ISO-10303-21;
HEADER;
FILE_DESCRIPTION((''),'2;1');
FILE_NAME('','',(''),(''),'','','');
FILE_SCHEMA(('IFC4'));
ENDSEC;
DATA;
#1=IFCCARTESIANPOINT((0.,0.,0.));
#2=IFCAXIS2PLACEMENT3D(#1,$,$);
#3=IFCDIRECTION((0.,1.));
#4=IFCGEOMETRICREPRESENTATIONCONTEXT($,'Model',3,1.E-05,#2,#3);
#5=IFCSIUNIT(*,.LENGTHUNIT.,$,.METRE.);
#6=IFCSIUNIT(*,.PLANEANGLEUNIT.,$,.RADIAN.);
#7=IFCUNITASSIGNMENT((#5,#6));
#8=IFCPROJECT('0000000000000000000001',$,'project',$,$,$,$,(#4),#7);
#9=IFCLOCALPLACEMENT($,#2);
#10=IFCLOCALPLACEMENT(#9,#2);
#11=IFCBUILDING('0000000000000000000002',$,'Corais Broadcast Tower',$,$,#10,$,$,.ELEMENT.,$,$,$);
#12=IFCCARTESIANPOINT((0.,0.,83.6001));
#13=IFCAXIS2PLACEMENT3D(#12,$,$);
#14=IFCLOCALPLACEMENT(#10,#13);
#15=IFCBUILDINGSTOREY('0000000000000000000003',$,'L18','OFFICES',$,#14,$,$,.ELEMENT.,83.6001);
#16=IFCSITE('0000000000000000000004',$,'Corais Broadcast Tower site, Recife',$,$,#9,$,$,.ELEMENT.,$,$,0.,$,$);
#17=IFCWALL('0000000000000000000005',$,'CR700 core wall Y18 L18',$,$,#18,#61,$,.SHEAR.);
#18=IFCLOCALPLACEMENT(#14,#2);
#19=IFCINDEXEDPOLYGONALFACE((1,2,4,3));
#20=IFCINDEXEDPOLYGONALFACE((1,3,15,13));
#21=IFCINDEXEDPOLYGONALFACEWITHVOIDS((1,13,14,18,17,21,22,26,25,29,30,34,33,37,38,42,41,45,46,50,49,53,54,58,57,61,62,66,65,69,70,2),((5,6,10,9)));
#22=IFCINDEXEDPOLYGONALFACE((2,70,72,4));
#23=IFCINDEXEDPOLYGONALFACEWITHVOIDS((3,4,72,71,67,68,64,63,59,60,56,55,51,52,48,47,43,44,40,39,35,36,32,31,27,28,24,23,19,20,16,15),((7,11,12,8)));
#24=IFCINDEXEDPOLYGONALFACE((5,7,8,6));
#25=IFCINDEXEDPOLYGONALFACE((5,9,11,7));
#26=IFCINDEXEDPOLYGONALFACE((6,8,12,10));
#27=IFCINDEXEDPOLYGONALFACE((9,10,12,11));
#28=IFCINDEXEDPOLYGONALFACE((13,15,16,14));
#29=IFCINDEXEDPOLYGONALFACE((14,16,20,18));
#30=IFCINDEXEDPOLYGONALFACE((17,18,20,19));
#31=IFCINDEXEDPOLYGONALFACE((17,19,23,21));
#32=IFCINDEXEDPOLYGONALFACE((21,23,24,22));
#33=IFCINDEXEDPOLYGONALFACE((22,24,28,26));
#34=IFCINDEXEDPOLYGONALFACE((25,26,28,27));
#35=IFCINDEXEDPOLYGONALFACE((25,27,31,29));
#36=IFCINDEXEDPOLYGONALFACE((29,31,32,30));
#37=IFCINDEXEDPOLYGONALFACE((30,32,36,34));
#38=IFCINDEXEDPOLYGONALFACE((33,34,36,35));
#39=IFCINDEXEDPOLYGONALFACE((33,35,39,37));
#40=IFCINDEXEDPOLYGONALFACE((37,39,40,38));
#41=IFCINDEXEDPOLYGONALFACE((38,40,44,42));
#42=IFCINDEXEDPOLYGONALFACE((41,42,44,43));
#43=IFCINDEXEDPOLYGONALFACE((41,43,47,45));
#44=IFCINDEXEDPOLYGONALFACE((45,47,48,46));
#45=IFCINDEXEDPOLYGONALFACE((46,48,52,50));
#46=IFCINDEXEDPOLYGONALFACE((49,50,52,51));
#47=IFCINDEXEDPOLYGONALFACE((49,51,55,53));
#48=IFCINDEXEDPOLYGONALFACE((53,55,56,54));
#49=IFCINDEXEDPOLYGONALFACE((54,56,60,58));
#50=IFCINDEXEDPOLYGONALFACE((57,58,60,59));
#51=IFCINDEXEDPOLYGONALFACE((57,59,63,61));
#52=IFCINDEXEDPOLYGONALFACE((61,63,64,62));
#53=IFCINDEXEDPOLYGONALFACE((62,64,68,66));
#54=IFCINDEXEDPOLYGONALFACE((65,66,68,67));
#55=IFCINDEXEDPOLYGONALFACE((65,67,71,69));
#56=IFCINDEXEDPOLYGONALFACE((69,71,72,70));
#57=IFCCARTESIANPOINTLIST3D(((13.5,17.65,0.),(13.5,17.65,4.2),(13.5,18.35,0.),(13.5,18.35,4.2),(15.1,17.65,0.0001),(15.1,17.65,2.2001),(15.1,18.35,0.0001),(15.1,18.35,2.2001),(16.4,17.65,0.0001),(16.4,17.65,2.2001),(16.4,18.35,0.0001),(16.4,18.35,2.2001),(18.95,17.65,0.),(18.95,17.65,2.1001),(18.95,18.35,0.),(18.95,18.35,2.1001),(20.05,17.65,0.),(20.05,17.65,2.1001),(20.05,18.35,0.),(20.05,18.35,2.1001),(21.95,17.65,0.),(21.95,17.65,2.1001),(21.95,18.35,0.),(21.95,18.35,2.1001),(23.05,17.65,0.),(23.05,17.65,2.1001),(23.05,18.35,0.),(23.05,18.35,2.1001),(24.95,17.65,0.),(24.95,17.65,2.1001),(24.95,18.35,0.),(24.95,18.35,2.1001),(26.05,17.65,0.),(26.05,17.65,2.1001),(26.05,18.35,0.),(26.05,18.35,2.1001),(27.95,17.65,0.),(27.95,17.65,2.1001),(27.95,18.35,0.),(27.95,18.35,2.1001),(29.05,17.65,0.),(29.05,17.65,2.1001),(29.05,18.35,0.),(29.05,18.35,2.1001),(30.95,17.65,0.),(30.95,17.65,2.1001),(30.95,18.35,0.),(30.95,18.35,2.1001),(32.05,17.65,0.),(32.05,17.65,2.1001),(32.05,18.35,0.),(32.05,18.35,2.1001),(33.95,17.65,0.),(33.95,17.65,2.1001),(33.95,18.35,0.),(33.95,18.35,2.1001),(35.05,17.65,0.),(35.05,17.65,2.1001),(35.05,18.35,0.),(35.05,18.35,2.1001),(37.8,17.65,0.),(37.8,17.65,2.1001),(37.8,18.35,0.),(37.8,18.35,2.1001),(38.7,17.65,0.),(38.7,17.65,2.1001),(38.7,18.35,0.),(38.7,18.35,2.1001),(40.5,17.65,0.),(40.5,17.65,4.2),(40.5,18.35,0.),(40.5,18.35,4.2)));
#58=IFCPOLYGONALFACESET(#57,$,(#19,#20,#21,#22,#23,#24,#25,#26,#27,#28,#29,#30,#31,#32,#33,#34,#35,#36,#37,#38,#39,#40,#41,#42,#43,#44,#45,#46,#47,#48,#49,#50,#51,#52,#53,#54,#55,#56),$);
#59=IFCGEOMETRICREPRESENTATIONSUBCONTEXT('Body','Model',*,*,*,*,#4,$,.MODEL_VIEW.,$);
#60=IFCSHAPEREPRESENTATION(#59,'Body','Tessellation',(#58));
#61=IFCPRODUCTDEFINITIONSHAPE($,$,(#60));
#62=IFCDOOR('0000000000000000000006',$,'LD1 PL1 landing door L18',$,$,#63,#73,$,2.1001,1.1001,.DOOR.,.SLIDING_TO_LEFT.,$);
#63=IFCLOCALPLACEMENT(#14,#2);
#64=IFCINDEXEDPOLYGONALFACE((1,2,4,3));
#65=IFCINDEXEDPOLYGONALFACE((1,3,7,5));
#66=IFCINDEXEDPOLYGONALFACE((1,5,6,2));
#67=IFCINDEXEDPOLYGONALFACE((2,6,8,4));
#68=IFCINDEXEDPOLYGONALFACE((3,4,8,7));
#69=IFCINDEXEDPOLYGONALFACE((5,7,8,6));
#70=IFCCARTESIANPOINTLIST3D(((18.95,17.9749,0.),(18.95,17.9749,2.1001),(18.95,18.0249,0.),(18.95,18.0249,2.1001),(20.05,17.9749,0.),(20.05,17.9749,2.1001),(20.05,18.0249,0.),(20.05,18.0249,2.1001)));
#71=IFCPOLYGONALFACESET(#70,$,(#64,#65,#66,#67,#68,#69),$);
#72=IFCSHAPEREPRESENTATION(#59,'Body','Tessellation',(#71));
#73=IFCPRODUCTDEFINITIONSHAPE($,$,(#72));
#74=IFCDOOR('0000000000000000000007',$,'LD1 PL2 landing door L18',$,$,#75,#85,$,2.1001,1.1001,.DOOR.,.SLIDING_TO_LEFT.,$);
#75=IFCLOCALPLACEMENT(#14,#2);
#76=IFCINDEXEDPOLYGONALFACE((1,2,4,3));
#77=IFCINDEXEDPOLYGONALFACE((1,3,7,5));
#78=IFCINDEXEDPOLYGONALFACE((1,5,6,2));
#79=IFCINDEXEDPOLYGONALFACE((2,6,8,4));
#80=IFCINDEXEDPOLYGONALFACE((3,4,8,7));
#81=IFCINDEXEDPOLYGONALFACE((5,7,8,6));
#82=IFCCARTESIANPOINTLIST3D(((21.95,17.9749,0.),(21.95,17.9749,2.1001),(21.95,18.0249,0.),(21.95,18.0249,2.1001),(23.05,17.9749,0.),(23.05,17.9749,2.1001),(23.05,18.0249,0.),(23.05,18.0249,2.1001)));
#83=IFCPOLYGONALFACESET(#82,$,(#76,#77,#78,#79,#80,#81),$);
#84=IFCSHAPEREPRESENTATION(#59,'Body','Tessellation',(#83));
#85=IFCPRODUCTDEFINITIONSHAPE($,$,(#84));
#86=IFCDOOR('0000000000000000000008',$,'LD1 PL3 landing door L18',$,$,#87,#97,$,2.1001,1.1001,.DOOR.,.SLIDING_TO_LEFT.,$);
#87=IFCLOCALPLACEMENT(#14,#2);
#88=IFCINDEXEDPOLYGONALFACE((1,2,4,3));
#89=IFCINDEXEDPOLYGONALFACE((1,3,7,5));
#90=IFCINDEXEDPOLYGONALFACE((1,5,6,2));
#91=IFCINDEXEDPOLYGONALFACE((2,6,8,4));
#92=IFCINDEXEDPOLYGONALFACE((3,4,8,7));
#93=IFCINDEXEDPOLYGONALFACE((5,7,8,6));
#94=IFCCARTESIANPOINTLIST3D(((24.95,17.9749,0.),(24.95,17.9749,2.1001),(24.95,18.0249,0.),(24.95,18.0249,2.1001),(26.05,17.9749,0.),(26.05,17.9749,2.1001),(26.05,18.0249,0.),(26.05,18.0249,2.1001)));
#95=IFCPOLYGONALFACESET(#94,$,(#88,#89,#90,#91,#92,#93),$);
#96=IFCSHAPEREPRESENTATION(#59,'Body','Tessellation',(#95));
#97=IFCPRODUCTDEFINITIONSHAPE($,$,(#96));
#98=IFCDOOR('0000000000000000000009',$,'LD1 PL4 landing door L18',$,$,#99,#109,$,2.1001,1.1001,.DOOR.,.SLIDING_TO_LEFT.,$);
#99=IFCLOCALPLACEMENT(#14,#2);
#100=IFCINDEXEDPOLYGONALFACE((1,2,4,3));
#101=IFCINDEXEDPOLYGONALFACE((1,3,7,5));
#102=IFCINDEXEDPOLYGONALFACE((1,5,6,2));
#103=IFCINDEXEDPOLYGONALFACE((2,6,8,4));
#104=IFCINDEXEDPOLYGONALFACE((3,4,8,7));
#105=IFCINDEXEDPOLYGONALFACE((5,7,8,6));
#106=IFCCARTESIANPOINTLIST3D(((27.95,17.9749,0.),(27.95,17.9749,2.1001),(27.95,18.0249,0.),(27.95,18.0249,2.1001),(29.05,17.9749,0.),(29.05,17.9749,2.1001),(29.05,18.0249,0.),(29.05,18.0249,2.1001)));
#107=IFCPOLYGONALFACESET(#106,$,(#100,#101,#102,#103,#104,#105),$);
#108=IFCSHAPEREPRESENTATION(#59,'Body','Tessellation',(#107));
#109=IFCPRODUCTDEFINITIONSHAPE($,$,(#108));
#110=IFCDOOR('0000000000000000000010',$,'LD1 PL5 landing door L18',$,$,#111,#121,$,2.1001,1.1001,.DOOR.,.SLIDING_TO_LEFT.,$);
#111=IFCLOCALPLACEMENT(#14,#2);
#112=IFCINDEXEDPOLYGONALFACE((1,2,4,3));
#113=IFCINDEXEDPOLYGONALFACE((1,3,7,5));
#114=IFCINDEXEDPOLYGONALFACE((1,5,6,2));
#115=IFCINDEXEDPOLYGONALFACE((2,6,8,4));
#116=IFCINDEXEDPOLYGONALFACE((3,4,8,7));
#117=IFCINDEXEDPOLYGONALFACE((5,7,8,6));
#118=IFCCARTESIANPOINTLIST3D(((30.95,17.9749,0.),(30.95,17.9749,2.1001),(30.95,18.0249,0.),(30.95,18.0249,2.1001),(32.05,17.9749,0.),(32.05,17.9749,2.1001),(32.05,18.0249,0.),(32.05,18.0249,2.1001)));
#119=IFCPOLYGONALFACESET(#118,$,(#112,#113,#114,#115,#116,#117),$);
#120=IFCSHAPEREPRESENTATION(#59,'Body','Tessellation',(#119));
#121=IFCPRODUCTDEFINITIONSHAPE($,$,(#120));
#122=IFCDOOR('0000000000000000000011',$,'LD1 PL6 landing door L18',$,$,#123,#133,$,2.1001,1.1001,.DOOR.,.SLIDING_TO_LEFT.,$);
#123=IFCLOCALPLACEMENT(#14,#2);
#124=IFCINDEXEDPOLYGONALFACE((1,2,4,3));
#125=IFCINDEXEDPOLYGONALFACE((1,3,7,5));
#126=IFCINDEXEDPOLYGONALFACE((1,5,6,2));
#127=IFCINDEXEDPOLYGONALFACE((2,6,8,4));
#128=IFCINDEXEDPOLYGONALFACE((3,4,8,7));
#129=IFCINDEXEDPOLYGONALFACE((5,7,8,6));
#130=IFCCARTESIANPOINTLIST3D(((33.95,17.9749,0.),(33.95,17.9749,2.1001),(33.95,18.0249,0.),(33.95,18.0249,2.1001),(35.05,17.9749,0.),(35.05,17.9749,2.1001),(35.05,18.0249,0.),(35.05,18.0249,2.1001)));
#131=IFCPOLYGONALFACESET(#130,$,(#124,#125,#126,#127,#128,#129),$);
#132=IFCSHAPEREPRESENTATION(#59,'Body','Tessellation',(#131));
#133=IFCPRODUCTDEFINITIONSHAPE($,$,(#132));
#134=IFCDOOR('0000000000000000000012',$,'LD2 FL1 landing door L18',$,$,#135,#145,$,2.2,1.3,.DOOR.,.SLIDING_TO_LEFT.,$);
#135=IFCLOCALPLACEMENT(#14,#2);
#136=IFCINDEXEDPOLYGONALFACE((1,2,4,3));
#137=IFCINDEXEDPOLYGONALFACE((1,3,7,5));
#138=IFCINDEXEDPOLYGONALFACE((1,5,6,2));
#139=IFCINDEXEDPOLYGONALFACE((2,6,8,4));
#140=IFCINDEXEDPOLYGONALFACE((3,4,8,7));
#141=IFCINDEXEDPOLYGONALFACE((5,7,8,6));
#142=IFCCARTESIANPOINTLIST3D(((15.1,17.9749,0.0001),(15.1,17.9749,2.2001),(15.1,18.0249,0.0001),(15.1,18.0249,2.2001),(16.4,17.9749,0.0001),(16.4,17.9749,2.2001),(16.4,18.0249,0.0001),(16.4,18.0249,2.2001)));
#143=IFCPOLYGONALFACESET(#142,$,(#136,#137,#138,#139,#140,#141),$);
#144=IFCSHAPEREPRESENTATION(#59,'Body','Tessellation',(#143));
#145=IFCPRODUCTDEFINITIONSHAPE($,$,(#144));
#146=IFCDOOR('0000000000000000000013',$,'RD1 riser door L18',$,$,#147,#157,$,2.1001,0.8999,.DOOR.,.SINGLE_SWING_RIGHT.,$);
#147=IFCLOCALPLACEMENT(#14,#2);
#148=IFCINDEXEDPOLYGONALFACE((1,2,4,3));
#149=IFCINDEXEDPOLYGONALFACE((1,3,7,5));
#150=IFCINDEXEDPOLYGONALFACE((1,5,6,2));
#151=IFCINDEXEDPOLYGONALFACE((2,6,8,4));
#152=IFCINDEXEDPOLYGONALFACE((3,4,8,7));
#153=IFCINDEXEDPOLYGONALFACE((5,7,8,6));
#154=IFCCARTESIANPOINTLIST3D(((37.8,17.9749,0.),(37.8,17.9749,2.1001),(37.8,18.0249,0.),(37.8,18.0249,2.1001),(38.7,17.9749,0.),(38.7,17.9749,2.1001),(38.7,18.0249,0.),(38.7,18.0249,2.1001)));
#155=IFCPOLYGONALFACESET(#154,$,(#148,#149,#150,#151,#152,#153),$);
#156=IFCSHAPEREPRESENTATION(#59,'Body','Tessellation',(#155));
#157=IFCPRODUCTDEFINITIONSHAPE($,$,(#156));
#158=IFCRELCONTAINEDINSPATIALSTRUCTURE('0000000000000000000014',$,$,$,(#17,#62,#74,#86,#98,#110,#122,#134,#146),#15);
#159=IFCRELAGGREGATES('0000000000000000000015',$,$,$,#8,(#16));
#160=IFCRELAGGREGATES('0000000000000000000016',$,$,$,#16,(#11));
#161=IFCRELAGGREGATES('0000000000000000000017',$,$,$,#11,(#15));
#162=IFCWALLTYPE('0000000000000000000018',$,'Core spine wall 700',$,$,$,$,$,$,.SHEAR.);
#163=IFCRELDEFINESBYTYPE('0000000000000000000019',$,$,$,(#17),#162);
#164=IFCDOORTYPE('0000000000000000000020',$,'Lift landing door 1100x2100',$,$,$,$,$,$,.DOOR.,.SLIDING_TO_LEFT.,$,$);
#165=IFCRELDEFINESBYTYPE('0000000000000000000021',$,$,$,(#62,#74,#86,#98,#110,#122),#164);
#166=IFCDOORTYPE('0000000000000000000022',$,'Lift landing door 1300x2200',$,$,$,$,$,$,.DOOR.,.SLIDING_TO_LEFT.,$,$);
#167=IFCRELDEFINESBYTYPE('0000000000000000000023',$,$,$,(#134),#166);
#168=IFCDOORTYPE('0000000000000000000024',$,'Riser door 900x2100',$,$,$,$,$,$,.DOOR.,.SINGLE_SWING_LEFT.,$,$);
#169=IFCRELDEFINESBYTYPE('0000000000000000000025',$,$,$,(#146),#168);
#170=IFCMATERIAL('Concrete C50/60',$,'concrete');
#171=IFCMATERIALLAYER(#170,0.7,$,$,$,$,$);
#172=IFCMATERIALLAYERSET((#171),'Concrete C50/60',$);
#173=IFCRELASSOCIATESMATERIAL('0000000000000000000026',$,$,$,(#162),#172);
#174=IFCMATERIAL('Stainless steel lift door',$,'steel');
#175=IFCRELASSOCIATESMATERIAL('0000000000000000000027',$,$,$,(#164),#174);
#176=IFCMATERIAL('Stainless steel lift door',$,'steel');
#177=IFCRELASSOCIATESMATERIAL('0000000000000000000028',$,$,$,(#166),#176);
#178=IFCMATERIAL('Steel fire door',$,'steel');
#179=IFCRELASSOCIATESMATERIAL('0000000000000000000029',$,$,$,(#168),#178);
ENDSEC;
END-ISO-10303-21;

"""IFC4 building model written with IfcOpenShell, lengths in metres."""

from ifc_helpers import new_model, si_unit, direction, frame, frame_2d, origin, place, context, subcontext, project, spatial, rectangle, extrude, material, layer, layer_set, type_object, element, fill, save


model = new_model("IFC4")

# Units and contexts
model_context = context("Model", 3, precision=1e-05, world=origin(), true_north=direction((0.0, 1.0)))
body_context = subcontext(model_context, "Body", "Model", "MODEL_VIEW")
ifc_project = project(units=[si_unit("LENGTHUNIT", "METRE"), si_unit("PLANEANGLEUNIT", "RADIAN")], contexts=[model_context])

# Site, building, storey
site_placement = place(None, origin())
site = spatial("IfcSite", under=ifc_project, at=site_placement, Name="Corais Broadcast Tower site, Recife", CompositionType="ELEMENT", RefElevation=0.0)
building_placement = place(site_placement, origin())
building = spatial("IfcBuilding", under=site, at=building_placement, Name="Corais Broadcast Tower", CompositionType="ELEMENT")
storey_placement = place(building_placement, frame((0.0, 0.0, 83.6001)))
storey = spatial("IfcBuildingStorey", under=building, at=storey_placement, Name="L18", Description="OFFICES", CompositionType="ELEMENT", Elevation=83.6001)

# Wall, openings, doors
ifc_material_1 = material(Name="Concrete C50/60", Category="concrete")
ifc_layer_1 = layer(ifc_material_1, 0.7)
ifc_layer_set_1 = layer_set([ifc_layer_1], Name="Concrete C50/60")
wall_type_1 = type_object("IfcWallType", Name="Core spine wall 700", PredefinedType="SHEAR", material=ifc_layer_set_1)
wall_1_placement = place(storey_placement, frame((13.5, 18.0, 0.0), z_axis=(0.0, 0.0, 1.0), x_axis=(1.0, 0.0, 0.0)))
wall_1 = element("IfcWall", 1, at=wall_1_placement, inside=storey, type_object=wall_type_1, Name="CR700 core wall Y18 L18", PredefinedType="SHEAR", context=body_context, shape_type="SweptSolid", body=[
    extrude(rectangle(XDim=27.0, YDim=0.7, at=frame_2d((13.5, 0.0))), origin(), (0.0, 0.0, 1.0), 4.2),
])
opening_1_placement = place(wall_1_placement, frame((24.3, 0.0, 0.0)))
opening_1 = element("IfcOpeningElement", 2, at=opening_1_placement, cuts=wall_1, PredefinedType="OPENING", context=body_context, shape_type="SweptSolid", body=[
    extrude(rectangle(XDim=0.8999, YDim=2.1001, at=frame_2d((0.45, 1.05))), frame((0.0, 0.3599, 0.0), z_axis=(0.0, -1.0, 0.0), x_axis=(1.0, 0.0, 0.0)), (0.0, 0.0, 1.0), 0.72),
])
opening_2_placement = place(wall_1_placement, frame((5.45, 0.0, 0.0)))
opening_2 = element("IfcOpeningElement", 3, at=opening_2_placement, cuts=wall_1, PredefinedType="OPENING", context=body_context, shape_type="SweptSolid", body=[
    extrude(rectangle(XDim=1.1001, YDim=2.1001, at=frame_2d((0.55, 1.05))), frame((0.0, 0.3599, 0.0), z_axis=(0.0, -1.0, 0.0), x_axis=(1.0, 0.0, 0.0)), (0.0, 0.0, 1.0), 0.72),
])
opening_3_placement = place(wall_1_placement, frame((8.45, 0.0, 0.0)))
opening_3 = element("IfcOpeningElement", 4, at=opening_3_placement, cuts=wall_1, PredefinedType="OPENING", context=body_context, shape_type="SweptSolid", body=[
    extrude(rectangle(XDim=1.1001, YDim=2.1001, at=frame_2d((0.55, 1.05))), frame((0.0, 0.3599, 0.0), z_axis=(0.0, -1.0, 0.0), x_axis=(1.0, 0.0, 0.0)), (0.0, 0.0, 1.0), 0.72),
])
opening_4_placement = place(wall_1_placement, frame((11.45, 0.0, 0.0)))
opening_4 = element("IfcOpeningElement", 5, at=opening_4_placement, cuts=wall_1, PredefinedType="OPENING", context=body_context, shape_type="SweptSolid", body=[
    extrude(rectangle(XDim=1.1001, YDim=2.1001, at=frame_2d((0.55, 1.05))), frame((0.0, 0.3599, 0.0), z_axis=(0.0, -1.0, 0.0), x_axis=(1.0, 0.0, 0.0)), (0.0, 0.0, 1.0), 0.72),
])
opening_5_placement = place(wall_1_placement, frame((14.45, 0.0, 0.0)))
opening_5 = element("IfcOpeningElement", 6, at=opening_5_placement, cuts=wall_1, PredefinedType="OPENING", context=body_context, shape_type="SweptSolid", body=[
    extrude(rectangle(XDim=1.1001, YDim=2.1001, at=frame_2d((0.55, 1.05))), frame((0.0, 0.3599, 0.0), z_axis=(0.0, -1.0, 0.0), x_axis=(1.0, 0.0, 0.0)), (0.0, 0.0, 1.0), 0.72),
])
opening_6_placement = place(wall_1_placement, frame((17.45, 0.0, 0.0)))
opening_6 = element("IfcOpeningElement", 7, at=opening_6_placement, cuts=wall_1, PredefinedType="OPENING", context=body_context, shape_type="SweptSolid", body=[
    extrude(rectangle(XDim=1.1001, YDim=2.1001, at=frame_2d((0.55, 1.05))), frame((0.0, 0.3599, 0.0), z_axis=(0.0, -1.0, 0.0), x_axis=(1.0, 0.0, 0.0)), (0.0, 0.0, 1.0), 0.72),
])
opening_7_placement = place(wall_1_placement, frame((20.45, 0.0, 0.0)))
opening_7 = element("IfcOpeningElement", 8, at=opening_7_placement, cuts=wall_1, PredefinedType="OPENING", context=body_context, shape_type="SweptSolid", body=[
    extrude(rectangle(XDim=1.1001, YDim=2.1001, at=frame_2d((0.55, 1.05))), frame((0.0, 0.3599, 0.0), z_axis=(0.0, -1.0, 0.0), x_axis=(1.0, 0.0, 0.0)), (0.0, 0.0, 1.0), 0.72),
])
opening_8_placement = place(wall_1_placement, frame((1.6001, 0.0, 0.0)))
opening_8 = element("IfcOpeningElement", 9, at=opening_8_placement, cuts=wall_1, PredefinedType="OPENING", context=body_context, shape_type="SweptSolid", body=[
    extrude(rectangle(XDim=1.3, YDim=2.2, at=frame_2d((0.6499, 1.1001))), frame((0.0, 0.3599, 0.0), z_axis=(0.0, -1.0, 0.0), x_axis=(1.0, 0.0, 0.0)), (0.0, 0.0, 1.0), 0.72),
])
ifc_material_2 = material(Name="Stainless steel lift door", Category="steel")
door_type_1 = type_object("IfcDoorType", Name="Lift landing door 1100x2100", OperationType="SLIDING_TO_LEFT", PredefinedType="DOOR", material=ifc_material_2)
door_1_placement = place(opening_2_placement, origin())
door_1 = element("IfcDoor", 10, at=door_1_placement, inside=storey, type_object=door_type_1, Name="LD1 PL1 landing door L18", OperationType="SLIDING_TO_LEFT", OverallHeight=2.1001, OverallWidth=1.1001, PredefinedType="DOOR", context=body_context, shape_type="SweptSolid", body=[
    extrude(rectangle(XDim=1.1001, YDim=2.1001, at=frame_2d((0.55, 1.05))), frame((0.0, 0.0249, 0.0), z_axis=(0.0, -1.0, 0.0), x_axis=(1.0, 0.0, 0.0)), (0.0, 0.0, 1.0), 0.05),
])
fill(opening_2, door_1)
door_2_placement = place(opening_3_placement, origin())
door_2 = element("IfcDoor", 11, at=door_2_placement, inside=storey, type_object=door_type_1, Name="LD1 PL2 landing door L18", OperationType="SLIDING_TO_LEFT", OverallHeight=2.1001, OverallWidth=1.1001, PredefinedType="DOOR", context=body_context, shape_type="SweptSolid", body=[
    extrude(rectangle(XDim=1.1001, YDim=2.1001, at=frame_2d((0.55, 1.05))), frame((0.0, 0.0249, 0.0), z_axis=(0.0, -1.0, 0.0), x_axis=(1.0, 0.0, 0.0)), (0.0, 0.0, 1.0), 0.05),
])
fill(opening_3, door_2)
door_3_placement = place(opening_4_placement, origin())
door_3 = element("IfcDoor", 12, at=door_3_placement, inside=storey, type_object=door_type_1, Name="LD1 PL3 landing door L18", OperationType="SLIDING_TO_LEFT", OverallHeight=2.1001, OverallWidth=1.1001, PredefinedType="DOOR", context=body_context, shape_type="SweptSolid", body=[
    extrude(rectangle(XDim=1.1001, YDim=2.1001, at=frame_2d((0.55, 1.05))), frame((0.0, 0.0249, 0.0), z_axis=(0.0, -1.0, 0.0), x_axis=(1.0, 0.0, 0.0)), (0.0, 0.0, 1.0), 0.05),
])
fill(opening_4, door_3)
door_4_placement = place(opening_5_placement, origin())
door_4 = element("IfcDoor", 13, at=door_4_placement, inside=storey, type_object=door_type_1, Name="LD1 PL4 landing door L18", OperationType="SLIDING_TO_LEFT", OverallHeight=2.1001, OverallWidth=1.1001, PredefinedType="DOOR", context=body_context, shape_type="SweptSolid", body=[
    extrude(rectangle(XDim=1.1001, YDim=2.1001, at=frame_2d((0.55, 1.05))), frame((0.0, 0.0249, 0.0), z_axis=(0.0, -1.0, 0.0), x_axis=(1.0, 0.0, 0.0)), (0.0, 0.0, 1.0), 0.05),
])
fill(opening_5, door_4)
door_5_placement = place(opening_6_placement, origin())
door_5 = element("IfcDoor", 14, at=door_5_placement, inside=storey, type_object=door_type_1, Name="LD1 PL5 landing door L18", OperationType="SLIDING_TO_LEFT", OverallHeight=2.1001, OverallWidth=1.1001, PredefinedType="DOOR", context=body_context, shape_type="SweptSolid", body=[
    extrude(rectangle(XDim=1.1001, YDim=2.1001, at=frame_2d((0.55, 1.05))), frame((0.0, 0.0249, 0.0), z_axis=(0.0, -1.0, 0.0), x_axis=(1.0, 0.0, 0.0)), (0.0, 0.0, 1.0), 0.05),
])
fill(opening_6, door_5)
door_6_placement = place(opening_7_placement, origin())
door_6 = element("IfcDoor", 15, at=door_6_placement, inside=storey, type_object=door_type_1, Name="LD1 PL6 landing door L18", OperationType="SLIDING_TO_LEFT", OverallHeight=2.1001, OverallWidth=1.1001, PredefinedType="DOOR", context=body_context, shape_type="SweptSolid", body=[
    extrude(rectangle(XDim=1.1001, YDim=2.1001, at=frame_2d((0.55, 1.05))), frame((0.0, 0.0249, 0.0), z_axis=(0.0, -1.0, 0.0), x_axis=(1.0, 0.0, 0.0)), (0.0, 0.0, 1.0), 0.05),
])
fill(opening_7, door_6)
ifc_material_3 = material(Name="Stainless steel lift door", Category="steel")
door_type_2 = type_object("IfcDoorType", Name="Lift landing door 1300x2200", OperationType="SLIDING_TO_LEFT", PredefinedType="DOOR", material=ifc_material_3)
door_7_placement = place(opening_8_placement, origin())
door_7 = element("IfcDoor", 16, at=door_7_placement, inside=storey, type_object=door_type_2, Name="LD2 FL1 landing door L18", OperationType="SLIDING_TO_LEFT", OverallHeight=2.2, OverallWidth=1.3, PredefinedType="DOOR", context=body_context, shape_type="SweptSolid", body=[
    extrude(rectangle(XDim=1.3, YDim=2.2, at=frame_2d((0.6499, 1.1001))), frame((0.0, 0.0249, 0.0), z_axis=(0.0, -1.0, 0.0), x_axis=(1.0, 0.0, 0.0)), (0.0, 0.0, 1.0), 0.05),
])
fill(opening_8, door_7)
ifc_material_4 = material(Name="Steel fire door", Category="steel")
door_type_3 = type_object("IfcDoorType", Name="Riser door 900x2100", OperationType="SINGLE_SWING_LEFT", PredefinedType="DOOR", material=ifc_material_4)
door_8_placement = place(opening_1_placement, origin())
door_8 = element("IfcDoor", 17, at=door_8_placement, inside=storey, type_object=door_type_3, Name="RD1 riser door L18", OperationType="SINGLE_SWING_RIGHT", OverallHeight=2.1001, OverallWidth=0.8999, PredefinedType="DOOR", context=body_context, shape_type="SweptSolid", body=[
    extrude(rectangle(XDim=0.8999, YDim=2.1001, at=frame_2d((0.45, 1.05))), frame((0.0, 0.0249, 0.0), z_axis=(0.0, -1.0, 0.0), x_axis=(1.0, 0.0, 0.0)), (0.0, 0.0, 1.0), 0.05),
])
fill(opening_1, door_8)

save(model, "model.ifc")
